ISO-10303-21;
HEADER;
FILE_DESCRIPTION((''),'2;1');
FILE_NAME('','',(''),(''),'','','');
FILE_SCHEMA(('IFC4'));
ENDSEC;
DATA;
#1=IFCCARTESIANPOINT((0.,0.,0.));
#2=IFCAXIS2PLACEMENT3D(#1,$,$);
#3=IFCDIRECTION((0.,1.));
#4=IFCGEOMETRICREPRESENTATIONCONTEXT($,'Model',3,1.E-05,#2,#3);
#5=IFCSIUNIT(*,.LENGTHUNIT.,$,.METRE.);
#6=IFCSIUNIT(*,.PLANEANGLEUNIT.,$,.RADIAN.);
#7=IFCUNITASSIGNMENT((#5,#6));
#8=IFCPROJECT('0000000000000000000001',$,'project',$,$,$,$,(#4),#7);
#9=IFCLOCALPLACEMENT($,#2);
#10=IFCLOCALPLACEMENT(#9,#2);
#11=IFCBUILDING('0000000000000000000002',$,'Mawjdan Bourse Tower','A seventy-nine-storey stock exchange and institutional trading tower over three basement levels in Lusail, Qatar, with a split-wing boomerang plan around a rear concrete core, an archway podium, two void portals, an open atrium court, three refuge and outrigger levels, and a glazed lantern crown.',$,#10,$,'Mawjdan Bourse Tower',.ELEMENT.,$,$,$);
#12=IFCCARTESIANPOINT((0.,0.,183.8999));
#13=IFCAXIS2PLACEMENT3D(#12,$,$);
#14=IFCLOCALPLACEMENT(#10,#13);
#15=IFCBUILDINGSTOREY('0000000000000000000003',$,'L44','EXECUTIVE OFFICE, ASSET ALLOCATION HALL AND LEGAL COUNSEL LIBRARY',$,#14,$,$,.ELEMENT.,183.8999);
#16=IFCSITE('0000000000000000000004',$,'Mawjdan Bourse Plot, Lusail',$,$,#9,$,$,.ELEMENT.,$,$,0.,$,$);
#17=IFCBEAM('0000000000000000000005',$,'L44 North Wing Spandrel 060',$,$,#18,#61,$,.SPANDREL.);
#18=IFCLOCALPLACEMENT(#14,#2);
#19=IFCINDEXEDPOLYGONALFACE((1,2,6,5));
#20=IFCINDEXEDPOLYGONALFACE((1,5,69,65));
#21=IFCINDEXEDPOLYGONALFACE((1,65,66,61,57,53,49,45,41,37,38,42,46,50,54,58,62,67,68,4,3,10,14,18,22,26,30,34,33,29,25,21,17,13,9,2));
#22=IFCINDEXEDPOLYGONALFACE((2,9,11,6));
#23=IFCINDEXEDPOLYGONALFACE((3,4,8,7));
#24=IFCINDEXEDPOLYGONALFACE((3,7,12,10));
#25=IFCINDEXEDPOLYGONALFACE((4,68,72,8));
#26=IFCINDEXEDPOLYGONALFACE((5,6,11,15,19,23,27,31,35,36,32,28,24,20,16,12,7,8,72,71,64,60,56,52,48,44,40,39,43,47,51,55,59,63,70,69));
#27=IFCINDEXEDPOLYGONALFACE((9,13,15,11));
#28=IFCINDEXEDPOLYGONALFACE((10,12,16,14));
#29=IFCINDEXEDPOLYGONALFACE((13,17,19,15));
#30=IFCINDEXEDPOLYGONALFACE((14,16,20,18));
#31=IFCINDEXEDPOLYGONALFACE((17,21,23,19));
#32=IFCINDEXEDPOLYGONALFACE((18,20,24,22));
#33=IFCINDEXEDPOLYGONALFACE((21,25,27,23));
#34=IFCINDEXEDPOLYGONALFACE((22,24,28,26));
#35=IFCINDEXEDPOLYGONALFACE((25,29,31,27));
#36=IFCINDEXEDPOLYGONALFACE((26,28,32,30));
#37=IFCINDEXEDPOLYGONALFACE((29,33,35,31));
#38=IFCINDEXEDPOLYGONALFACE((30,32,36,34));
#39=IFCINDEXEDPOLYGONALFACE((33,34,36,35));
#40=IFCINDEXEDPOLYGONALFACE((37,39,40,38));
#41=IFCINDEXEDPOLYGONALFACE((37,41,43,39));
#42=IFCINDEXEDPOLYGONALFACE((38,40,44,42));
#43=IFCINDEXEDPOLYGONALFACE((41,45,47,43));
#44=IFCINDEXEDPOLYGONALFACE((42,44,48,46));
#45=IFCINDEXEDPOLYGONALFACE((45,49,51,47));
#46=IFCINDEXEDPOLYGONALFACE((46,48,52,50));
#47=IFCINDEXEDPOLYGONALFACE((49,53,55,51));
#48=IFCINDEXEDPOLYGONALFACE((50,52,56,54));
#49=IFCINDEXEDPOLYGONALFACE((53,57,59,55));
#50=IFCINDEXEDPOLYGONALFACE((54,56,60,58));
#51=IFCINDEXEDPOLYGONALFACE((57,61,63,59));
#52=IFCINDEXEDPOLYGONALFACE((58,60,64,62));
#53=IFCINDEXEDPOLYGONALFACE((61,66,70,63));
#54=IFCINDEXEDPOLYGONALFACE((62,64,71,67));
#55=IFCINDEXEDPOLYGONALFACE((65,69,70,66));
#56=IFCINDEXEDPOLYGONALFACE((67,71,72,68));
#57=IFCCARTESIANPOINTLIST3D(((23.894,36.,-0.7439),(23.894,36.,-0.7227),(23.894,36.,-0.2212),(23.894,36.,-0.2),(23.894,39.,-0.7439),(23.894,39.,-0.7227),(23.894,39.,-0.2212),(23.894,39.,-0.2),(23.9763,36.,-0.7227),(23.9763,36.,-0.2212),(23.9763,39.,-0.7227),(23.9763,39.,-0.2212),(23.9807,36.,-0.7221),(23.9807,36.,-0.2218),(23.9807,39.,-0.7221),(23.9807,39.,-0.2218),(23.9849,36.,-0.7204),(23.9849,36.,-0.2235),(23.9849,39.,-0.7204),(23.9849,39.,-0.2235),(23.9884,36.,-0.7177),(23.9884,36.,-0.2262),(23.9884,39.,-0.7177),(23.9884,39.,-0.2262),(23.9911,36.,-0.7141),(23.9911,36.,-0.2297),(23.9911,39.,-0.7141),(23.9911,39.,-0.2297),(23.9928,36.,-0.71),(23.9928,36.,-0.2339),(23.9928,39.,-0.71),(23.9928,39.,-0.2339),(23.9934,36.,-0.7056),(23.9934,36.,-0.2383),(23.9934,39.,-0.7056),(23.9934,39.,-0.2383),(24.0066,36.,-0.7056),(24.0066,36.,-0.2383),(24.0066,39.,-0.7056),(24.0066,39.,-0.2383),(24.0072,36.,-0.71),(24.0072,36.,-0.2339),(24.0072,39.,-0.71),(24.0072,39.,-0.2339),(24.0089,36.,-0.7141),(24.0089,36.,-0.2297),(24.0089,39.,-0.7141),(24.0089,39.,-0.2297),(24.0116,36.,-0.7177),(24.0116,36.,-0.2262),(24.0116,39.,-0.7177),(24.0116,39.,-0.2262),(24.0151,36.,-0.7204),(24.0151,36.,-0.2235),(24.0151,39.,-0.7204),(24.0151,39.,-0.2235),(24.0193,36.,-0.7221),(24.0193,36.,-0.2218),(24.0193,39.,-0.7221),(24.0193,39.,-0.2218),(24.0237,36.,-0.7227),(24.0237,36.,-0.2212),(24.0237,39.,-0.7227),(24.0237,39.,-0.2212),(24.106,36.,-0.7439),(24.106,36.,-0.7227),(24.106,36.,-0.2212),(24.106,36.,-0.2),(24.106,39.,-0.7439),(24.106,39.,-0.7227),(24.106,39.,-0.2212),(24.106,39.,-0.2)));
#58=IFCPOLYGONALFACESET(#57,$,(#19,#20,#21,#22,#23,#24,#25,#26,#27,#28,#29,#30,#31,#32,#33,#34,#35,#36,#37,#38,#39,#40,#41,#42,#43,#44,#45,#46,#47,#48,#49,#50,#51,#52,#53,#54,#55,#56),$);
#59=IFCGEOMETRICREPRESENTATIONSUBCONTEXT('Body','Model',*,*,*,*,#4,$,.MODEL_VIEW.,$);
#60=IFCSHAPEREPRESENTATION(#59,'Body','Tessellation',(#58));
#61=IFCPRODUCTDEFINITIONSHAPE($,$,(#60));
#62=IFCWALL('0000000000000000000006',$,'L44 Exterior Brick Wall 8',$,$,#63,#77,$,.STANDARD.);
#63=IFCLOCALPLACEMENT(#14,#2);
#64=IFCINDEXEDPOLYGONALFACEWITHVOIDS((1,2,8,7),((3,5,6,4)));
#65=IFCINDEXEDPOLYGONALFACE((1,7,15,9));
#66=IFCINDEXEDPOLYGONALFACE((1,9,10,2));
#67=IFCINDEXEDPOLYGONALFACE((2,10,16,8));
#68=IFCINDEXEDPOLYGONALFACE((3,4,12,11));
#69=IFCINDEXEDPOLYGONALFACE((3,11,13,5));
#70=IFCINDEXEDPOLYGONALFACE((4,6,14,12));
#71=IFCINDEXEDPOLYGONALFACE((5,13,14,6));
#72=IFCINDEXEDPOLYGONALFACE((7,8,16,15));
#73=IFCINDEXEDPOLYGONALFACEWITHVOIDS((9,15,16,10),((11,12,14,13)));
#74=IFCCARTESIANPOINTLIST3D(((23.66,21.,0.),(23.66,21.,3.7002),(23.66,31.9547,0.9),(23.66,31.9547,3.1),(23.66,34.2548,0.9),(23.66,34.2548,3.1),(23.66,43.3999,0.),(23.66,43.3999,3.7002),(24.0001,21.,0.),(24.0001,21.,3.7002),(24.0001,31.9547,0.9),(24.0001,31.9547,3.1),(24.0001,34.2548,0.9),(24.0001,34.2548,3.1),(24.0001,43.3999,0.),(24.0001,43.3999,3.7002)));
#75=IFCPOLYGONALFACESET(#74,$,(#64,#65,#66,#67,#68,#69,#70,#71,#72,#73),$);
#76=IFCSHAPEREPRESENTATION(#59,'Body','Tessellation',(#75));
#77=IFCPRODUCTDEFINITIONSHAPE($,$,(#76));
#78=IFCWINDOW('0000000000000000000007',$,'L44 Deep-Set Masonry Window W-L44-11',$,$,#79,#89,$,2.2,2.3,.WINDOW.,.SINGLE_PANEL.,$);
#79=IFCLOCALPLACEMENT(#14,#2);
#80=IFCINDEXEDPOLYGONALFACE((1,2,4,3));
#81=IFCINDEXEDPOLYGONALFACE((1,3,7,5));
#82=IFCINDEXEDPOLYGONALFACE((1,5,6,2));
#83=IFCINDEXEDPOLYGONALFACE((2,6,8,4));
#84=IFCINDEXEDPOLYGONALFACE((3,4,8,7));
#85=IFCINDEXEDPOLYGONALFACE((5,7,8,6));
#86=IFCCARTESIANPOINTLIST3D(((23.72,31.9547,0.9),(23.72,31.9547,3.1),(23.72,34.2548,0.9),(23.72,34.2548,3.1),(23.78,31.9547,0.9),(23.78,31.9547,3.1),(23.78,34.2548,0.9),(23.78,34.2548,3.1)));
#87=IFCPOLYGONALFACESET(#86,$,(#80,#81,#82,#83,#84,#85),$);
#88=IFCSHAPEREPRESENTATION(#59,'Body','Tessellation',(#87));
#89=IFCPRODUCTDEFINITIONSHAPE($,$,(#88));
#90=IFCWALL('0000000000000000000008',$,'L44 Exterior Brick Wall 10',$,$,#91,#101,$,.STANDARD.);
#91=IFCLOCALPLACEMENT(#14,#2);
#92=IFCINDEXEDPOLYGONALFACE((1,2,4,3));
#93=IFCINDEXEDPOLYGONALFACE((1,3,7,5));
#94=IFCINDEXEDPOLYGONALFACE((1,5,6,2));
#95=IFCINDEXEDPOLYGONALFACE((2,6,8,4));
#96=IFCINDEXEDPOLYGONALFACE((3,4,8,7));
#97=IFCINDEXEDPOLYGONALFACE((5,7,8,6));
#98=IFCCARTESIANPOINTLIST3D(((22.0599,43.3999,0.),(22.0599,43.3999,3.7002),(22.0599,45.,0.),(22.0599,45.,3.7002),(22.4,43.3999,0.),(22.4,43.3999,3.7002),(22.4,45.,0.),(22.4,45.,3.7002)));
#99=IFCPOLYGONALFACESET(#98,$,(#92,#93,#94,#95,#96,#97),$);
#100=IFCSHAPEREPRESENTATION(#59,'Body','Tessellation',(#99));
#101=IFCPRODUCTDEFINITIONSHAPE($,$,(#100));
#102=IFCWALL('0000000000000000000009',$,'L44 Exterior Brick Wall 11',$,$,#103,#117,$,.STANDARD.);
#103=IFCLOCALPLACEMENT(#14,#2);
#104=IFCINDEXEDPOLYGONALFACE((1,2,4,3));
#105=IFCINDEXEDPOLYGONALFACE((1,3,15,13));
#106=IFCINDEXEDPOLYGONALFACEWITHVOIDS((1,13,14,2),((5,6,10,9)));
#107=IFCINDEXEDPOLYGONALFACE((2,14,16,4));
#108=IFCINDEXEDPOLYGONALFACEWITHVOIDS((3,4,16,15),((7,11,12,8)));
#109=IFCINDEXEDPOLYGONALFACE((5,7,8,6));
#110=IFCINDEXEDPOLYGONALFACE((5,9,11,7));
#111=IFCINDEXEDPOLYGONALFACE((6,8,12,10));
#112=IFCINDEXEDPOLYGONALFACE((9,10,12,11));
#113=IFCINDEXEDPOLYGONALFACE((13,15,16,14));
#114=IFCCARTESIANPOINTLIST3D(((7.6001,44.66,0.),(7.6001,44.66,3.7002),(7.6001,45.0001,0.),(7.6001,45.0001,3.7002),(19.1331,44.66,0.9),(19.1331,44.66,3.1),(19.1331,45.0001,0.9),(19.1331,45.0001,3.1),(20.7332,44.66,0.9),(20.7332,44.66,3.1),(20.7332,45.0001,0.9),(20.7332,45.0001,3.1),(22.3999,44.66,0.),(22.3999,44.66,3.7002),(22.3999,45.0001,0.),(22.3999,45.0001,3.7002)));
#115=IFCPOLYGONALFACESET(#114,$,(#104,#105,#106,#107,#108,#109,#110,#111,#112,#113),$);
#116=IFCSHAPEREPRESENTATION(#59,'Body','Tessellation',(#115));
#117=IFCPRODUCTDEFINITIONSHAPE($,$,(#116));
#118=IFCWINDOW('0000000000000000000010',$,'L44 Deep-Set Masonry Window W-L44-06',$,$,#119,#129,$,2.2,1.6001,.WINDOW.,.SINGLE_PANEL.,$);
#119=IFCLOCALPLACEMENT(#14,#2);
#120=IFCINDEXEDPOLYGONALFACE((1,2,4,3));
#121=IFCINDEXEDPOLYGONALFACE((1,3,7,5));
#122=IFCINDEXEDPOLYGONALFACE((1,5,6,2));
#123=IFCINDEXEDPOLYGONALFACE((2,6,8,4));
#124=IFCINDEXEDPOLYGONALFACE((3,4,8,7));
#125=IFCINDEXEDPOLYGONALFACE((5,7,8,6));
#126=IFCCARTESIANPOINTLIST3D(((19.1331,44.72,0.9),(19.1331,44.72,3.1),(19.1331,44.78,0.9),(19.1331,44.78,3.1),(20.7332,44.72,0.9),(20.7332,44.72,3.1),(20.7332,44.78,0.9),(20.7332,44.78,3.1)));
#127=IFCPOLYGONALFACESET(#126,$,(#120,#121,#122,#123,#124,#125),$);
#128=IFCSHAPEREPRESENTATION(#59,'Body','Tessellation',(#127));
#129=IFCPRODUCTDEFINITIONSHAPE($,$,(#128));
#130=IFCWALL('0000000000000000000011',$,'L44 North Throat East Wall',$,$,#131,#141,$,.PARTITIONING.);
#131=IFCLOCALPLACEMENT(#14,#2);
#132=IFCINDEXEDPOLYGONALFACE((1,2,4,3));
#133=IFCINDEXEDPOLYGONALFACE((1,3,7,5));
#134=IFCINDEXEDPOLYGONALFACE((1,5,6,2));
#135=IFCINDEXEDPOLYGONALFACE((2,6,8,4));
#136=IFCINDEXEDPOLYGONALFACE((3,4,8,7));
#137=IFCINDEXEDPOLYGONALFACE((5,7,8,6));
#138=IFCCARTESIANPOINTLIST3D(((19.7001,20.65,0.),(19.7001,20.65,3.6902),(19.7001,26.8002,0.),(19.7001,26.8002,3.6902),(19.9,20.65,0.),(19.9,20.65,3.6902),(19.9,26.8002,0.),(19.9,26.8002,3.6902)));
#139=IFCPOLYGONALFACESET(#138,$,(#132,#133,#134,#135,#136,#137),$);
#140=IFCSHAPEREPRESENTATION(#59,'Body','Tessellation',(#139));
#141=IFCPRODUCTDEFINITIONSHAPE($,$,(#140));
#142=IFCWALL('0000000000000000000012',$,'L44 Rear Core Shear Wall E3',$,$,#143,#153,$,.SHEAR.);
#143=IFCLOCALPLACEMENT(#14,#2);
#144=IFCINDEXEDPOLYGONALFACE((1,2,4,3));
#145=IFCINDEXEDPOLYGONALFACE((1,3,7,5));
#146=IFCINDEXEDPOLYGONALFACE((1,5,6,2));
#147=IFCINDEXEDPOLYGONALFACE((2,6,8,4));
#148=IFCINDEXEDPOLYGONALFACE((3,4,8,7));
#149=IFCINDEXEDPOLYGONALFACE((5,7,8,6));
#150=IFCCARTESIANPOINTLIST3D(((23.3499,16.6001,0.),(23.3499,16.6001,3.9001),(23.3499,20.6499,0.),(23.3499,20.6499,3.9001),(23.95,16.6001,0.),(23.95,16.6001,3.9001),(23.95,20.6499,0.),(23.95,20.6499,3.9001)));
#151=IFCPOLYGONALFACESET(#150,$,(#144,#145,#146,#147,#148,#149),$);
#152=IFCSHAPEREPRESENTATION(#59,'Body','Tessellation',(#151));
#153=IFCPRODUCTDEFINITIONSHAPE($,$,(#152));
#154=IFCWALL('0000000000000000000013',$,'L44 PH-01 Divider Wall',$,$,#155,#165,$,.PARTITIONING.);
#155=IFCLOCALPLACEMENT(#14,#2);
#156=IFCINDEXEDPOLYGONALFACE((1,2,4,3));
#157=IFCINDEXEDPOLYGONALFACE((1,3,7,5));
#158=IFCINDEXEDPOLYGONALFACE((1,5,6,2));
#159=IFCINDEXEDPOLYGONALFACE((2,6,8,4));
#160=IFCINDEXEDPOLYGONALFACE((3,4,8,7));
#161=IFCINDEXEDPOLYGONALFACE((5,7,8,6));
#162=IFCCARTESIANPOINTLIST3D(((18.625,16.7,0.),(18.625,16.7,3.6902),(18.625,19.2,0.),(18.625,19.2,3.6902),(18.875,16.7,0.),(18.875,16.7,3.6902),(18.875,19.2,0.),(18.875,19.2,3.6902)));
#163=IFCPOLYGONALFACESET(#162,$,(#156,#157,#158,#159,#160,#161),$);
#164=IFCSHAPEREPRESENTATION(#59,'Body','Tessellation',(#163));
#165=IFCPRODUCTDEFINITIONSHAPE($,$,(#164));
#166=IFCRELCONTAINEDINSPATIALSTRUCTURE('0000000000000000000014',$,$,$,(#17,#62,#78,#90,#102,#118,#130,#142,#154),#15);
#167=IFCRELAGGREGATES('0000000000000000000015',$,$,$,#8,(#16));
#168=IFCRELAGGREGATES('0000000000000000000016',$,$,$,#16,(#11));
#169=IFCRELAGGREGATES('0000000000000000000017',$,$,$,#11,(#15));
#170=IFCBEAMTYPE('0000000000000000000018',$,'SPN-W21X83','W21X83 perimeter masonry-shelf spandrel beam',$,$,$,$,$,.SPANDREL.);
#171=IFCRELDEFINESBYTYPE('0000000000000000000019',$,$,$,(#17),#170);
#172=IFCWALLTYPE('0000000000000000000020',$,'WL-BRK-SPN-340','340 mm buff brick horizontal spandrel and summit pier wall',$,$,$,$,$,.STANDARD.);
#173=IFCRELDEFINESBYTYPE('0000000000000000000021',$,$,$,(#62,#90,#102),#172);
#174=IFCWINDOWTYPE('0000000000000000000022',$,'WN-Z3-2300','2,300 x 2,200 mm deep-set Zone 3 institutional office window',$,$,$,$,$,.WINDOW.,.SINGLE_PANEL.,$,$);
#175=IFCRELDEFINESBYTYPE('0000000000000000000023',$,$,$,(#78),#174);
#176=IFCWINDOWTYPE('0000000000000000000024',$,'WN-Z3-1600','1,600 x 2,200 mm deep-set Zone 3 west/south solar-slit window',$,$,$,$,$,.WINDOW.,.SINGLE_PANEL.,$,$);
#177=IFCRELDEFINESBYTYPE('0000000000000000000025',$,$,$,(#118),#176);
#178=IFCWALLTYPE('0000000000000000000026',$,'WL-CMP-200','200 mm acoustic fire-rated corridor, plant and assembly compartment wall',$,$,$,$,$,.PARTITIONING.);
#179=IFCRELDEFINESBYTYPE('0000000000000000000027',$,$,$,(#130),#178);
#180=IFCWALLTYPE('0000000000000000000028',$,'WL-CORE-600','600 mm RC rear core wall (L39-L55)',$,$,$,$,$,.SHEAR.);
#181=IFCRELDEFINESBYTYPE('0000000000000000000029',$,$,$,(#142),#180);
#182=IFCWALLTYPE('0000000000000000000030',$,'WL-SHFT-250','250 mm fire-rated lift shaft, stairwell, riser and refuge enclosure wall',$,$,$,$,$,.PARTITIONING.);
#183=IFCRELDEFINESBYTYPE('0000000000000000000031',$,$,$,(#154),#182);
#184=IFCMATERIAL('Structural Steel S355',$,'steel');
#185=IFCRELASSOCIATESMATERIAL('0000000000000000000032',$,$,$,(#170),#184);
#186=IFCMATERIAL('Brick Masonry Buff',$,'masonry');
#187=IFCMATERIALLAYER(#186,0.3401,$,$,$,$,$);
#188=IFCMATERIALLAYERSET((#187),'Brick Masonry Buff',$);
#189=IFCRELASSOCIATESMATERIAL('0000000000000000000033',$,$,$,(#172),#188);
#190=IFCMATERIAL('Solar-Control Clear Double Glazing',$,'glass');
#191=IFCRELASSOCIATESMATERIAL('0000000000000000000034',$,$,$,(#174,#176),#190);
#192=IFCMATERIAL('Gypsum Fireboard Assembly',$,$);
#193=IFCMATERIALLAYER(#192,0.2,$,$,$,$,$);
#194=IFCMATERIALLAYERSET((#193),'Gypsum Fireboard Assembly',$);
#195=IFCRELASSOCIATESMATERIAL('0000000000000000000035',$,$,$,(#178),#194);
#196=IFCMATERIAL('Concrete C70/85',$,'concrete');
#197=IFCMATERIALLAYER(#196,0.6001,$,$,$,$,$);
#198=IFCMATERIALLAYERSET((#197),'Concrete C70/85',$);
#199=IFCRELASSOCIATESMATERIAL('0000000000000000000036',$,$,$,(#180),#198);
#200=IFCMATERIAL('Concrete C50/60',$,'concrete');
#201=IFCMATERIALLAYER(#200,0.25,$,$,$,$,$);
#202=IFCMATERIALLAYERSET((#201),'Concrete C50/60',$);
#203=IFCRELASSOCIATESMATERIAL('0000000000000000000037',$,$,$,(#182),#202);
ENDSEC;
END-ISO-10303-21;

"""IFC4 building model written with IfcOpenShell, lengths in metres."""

from ifc_helpers import new_model, si_unit, direction, frame, frame_2d, origin, origin_2d, place, context, subcontext, project, spatial, rectangle, i_section, extrude, material, layer, layer_set, material_profile, profile_set, type_object, element, fill, save


model = new_model("IFC4")

# Units and contexts
model_context = context("Model", 3, precision=1e-05, world=origin(), true_north=direction((0.0, 1.0)))
body_context = subcontext(model_context, "Body", "Model", "MODEL_VIEW")
ifc_project = project(units=[si_unit("LENGTHUNIT", "METRE"), si_unit("PLANEANGLEUNIT", "RADIAN")], contexts=[model_context])

# Site, building, storey
site_placement = place(None, origin())
site = spatial("IfcSite", under=ifc_project, at=site_placement, Name="Mawjdan Bourse Plot, Lusail", CompositionType="ELEMENT", RefElevation=0.0)
building_placement = place(site_placement, origin())
building = spatial("IfcBuilding", under=site, at=building_placement, Name="Mawjdan Bourse Tower", Description="A seventy-nine-storey stock exchange and institutional trading tower over three basement levels in Lusail, Qatar, with a split-wing boomerang plan around a rear concrete core, an archway podium, two void portals, an open atrium court, three refuge and outrigger levels, and a glazed lantern crown.", LongName="Mawjdan Bourse Tower", CompositionType="ELEMENT")
storey_placement = place(building_placement, frame((0.0, 0.0, 183.8999)))
storey = spatial("IfcBuildingStorey", under=building, at=storey_placement, Name="L44", Description="EXECUTIVE OFFICE, ASSET ALLOCATION HALL AND LEGAL COUNSEL LIBRARY", CompositionType="ELEMENT", Elevation=183.8999)

# Shared definitions
ifc_material_1 = material(Name="Concrete C70/85", Category="concrete")

# Beam
ifc_material_2 = material(Name="Structural Steel S355", Category="steel")
ifc_material_profile_1 = material_profile(ifc_material_2, i_section(OverallWidth=0.2119, OverallDepth=0.5439, WebThickness=0.0132, FlangeThickness=0.0212, FilletRadius=0.0171, at=origin_2d()), Name="W21X83")
ifc_profile_set_1 = profile_set([ifc_material_profile_1], Name="Structural Steel S355")
beam_type_1 = type_object("IfcBeamType", Name="SPN-W21X83", Description="W21X83 perimeter masonry-shelf spandrel beam", PredefinedType="SPANDREL", material=ifc_profile_set_1)
beam_1_placement = place(storey_placement, frame((24.0, 36.0, -0.4719), z_axis=(0.0, 1.0, 0.0), x_axis=(-1.0, 0.0, 0.0)))
element("IfcBeam", 1, at=beam_1_placement, inside=storey, type_object=beam_type_1, Name="L44 North Wing Spandrel 060", PredefinedType="SPANDREL", context=body_context, shape_type="SweptSolid", body=[
    extrude(i_section(OverallWidth=0.2119, OverallDepth=0.5439, WebThickness=0.0132, FlangeThickness=0.0212, FilletRadius=0.0171, at=origin_2d()), origin(), (0.0, 0.0, 1.0), 3.0),
])

# Wall, opening, window
ifc_material_3 = material(Name="Brick Masonry Buff", Category="masonry")
ifc_layer_1 = layer(ifc_material_3, 0.3401)
ifc_layer_set_1 = layer_set([ifc_layer_1], Name="Brick Masonry Buff")
wall_type_1 = type_object("IfcWallType", Name="WL-BRK-SPN-340", Description="340 mm buff brick horizontal spandrel and summit pier wall", PredefinedType="STANDARD", material=ifc_layer_set_1)
wall_1_placement = place(storey_placement, frame((23.8301, 21.0, 0.0), z_axis=(0.0, 0.0, 1.0), x_axis=(0.0, 1.0, 0.0)))
wall_1 = element("IfcWall", 2, at=wall_1_placement, inside=storey, type_object=wall_type_1, Name="L44 Exterior Brick Wall 8", PredefinedType="STANDARD", context=body_context, shape_type="SweptSolid", body=[
    extrude(rectangle(XDim=22.3999, YDim=0.3401, at=frame_2d((11.2, 0.0))), origin(), (0.0, 0.0, 1.0), 3.7002),
])
opening_1_placement = place(wall_1_placement, frame((10.9548, 0.0, 0.8999)))
opening_1 = element("IfcOpeningElement", 3, at=opening_1_placement, cuts=wall_1, PredefinedType="OPENING", context=body_context, shape_type="SweptSolid", body=[
    extrude(rectangle(XDim=2.3, YDim=2.2, at=frame_2d((1.1499, 1.1001))), frame((0.0, 0.1802, 0.0), z_axis=(0.0, -1.0, 0.0), x_axis=(1.0, 0.0, 0.0)), (0.0, 0.0, 1.0), 0.3601),
])
ifc_material_4 = material(Name="Solar-Control Clear Double Glazing", Category="glass")
window_type_1 = type_object("IfcWindowType", Name="WN-Z3-2300", Description="2,300 x 2,200 mm deep-set Zone 3 institutional office window", PartitioningType="SINGLE_PANEL", PredefinedType="WINDOW", material=ifc_material_4)
window_1_placement = place(opening_1_placement, origin())
window_1 = element("IfcWindow", 4, at=window_1_placement, inside=storey, type_object=window_type_1, Name="L44 Deep-Set Masonry Window W-L44-11", OverallHeight=2.2, OverallWidth=2.3, PartitioningType="SINGLE_PANEL", PredefinedType="WINDOW", context=body_context, shape_type="SweptSolid", body=[
    extrude(rectangle(XDim=2.3, YDim=2.2, at=frame_2d((1.1499, 1.1001))), frame((0.0, 0.1101, 0.0), z_axis=(0.0, -1.0, 0.0), x_axis=(1.0, 0.0, 0.0)), (0.0, 0.0, 1.0), 0.0601),
])
fill(opening_1, window_1)

# Wall
wall_2_placement = place(storey_placement, frame((22.23, 43.3999, 0.0), z_axis=(0.0, 0.0, 1.0), x_axis=(0.0, 1.0, 0.0)))
element("IfcWall", 5, at=wall_2_placement, inside=storey, type_object=wall_type_1, Name="L44 Exterior Brick Wall 10", PredefinedType="STANDARD", context=body_context, shape_type="SweptSolid", body=[
    extrude(rectangle(XDim=1.6001, YDim=0.3401, at=frame_2d((0.8, 0.0))), origin(), (0.0, 0.0, 1.0), 3.7002),
])

# Wall, opening, window
wall_3_placement = place(storey_placement, frame((22.3999, 44.8301, 0.0), z_axis=(0.0, 0.0, 1.0), x_axis=(-1.0, 0.0, 0.0)))
wall_3 = element("IfcWall", 6, at=wall_3_placement, inside=storey, type_object=wall_type_1, Name="L44 Exterior Brick Wall 11", PredefinedType="STANDARD", context=body_context, shape_type="SweptSolid", body=[
    extrude(rectangle(XDim=14.7998, YDim=0.3401, at=frame_2d((7.3999, 0.0))), origin(), (0.0, 0.0, 1.0), 3.7002),
])
opening_2_placement = place(wall_3_placement, frame((1.6667, 0.0, 0.8999)))
opening_2 = element("IfcOpeningElement", 7, at=opening_2_placement, cuts=wall_3, PredefinedType="OPENING", context=body_context, shape_type="SweptSolid", body=[
    extrude(rectangle(XDim=1.6001, YDim=2.2, at=frame_2d((0.8, 1.1001))), frame((0.0, 0.1802, 0.0), z_axis=(0.0, -1.0, 0.0), x_axis=(1.0, 0.0, 0.0)), (0.0, 0.0, 1.0), 0.3601),
])
window_type_2 = type_object("IfcWindowType", Name="WN-Z3-1600", Description="1,600 x 2,200 mm deep-set Zone 3 west/south solar-slit window", PartitioningType="SINGLE_PANEL", PredefinedType="WINDOW", material=ifc_material_4)
window_2_placement = place(opening_2_placement, origin())
window_2 = element("IfcWindow", 8, at=window_2_placement, inside=storey, type_object=window_type_2, Name="L44 Deep-Set Masonry Window W-L44-06", OverallHeight=2.2, OverallWidth=1.6001, PartitioningType="SINGLE_PANEL", PredefinedType="WINDOW", context=body_context, shape_type="SweptSolid", body=[
    extrude(rectangle(XDim=1.6001, YDim=2.2, at=frame_2d((0.8, 1.1001))), frame((0.0, 0.1101, 0.0), z_axis=(0.0, -1.0, 0.0), x_axis=(1.0, 0.0, 0.0)), (0.0, 0.0, 1.0), 0.0601),
])
fill(opening_2, window_2)

# Shared definitions
ifc_material_5 = material(Name="Gypsum Fireboard Assembly")
ifc_layer_2 = layer(ifc_material_5, 0.2)
ifc_layer_set_2 = layer_set([ifc_layer_2], Name="Gypsum Fireboard Assembly")
wall_type_2 = type_object("IfcWallType", Name="WL-CMP-200", Description="200 mm acoustic fire-rated corridor, plant and assembly compartment wall", PredefinedType="PARTITIONING", material=ifc_layer_set_2)

# Walls
wall_4_placement = place(storey_placement, frame((19.8, 20.6499, 0.0), z_axis=(0.0, 0.0, 1.0), x_axis=(0.0, 1.0, 0.0)))
element("IfcWall", 9, at=wall_4_placement, inside=storey, type_object=wall_type_2, Name="L44 North Throat East Wall", PredefinedType="PARTITIONING", context=body_context, shape_type="SweptSolid", body=[
    extrude(rectangle(XDim=6.1501, YDim=0.2, at=frame_2d((3.0752, 0.0))), origin(), (0.0, 0.0, 1.0), 3.6902),
])
ifc_layer_3 = layer(ifc_material_1, 0.6001)
ifc_layer_set_3 = layer_set([ifc_layer_3], Name="Concrete C70/85")
wall_type_3 = type_object("IfcWallType", Name="WL-CORE-600", Description="600 mm RC rear core wall (L39-L55)", PredefinedType="SHEAR", material=ifc_layer_set_3)
wall_5_placement = place(storey_placement, frame((23.6499, 16.6001, 0.0), z_axis=(0.0, 0.0, 1.0), x_axis=(0.0, 1.0, 0.0)))
element("IfcWall", 10, at=wall_5_placement, inside=storey, type_object=wall_type_3, Name="L44 Rear Core Shear Wall E3", PredefinedType="SHEAR", context=body_context, shape_type="SweptSolid", body=[
    extrude(rectangle(XDim=4.0498, YDim=0.6001, at=frame_2d((2.0249, 0.0))), origin(), (0.0, 0.0, 1.0), 3.9001),
])
ifc_material_6 = material(Name="Concrete C50/60", Category="concrete")
ifc_layer_4 = layer(ifc_material_6, 0.25)
ifc_layer_set_4 = layer_set([ifc_layer_4], Name="Concrete C50/60")
wall_type_4 = type_object("IfcWallType", Name="WL-SHFT-250", Description="250 mm fire-rated lift shaft, stairwell, riser and refuge enclosure wall", PredefinedType="PARTITIONING", material=ifc_layer_set_4)
wall_6_placement = place(storey_placement, frame((18.75, 16.7, 0.0), z_axis=(0.0, 0.0, 1.0), x_axis=(0.0, 1.0, 0.0)))
element("IfcWall", 11, at=wall_6_placement, inside=storey, type_object=wall_type_4, Name="L44 PH-01 Divider Wall", PredefinedType="PARTITIONING", context=body_context, shape_type="SweptSolid", body=[
    extrude(rectangle(XDim=2.5, YDim=0.25, at=frame_2d((1.25, 0.0))), origin(), (0.0, 0.0, 1.0), 3.6902),
])

save(model, "model.ifc")
